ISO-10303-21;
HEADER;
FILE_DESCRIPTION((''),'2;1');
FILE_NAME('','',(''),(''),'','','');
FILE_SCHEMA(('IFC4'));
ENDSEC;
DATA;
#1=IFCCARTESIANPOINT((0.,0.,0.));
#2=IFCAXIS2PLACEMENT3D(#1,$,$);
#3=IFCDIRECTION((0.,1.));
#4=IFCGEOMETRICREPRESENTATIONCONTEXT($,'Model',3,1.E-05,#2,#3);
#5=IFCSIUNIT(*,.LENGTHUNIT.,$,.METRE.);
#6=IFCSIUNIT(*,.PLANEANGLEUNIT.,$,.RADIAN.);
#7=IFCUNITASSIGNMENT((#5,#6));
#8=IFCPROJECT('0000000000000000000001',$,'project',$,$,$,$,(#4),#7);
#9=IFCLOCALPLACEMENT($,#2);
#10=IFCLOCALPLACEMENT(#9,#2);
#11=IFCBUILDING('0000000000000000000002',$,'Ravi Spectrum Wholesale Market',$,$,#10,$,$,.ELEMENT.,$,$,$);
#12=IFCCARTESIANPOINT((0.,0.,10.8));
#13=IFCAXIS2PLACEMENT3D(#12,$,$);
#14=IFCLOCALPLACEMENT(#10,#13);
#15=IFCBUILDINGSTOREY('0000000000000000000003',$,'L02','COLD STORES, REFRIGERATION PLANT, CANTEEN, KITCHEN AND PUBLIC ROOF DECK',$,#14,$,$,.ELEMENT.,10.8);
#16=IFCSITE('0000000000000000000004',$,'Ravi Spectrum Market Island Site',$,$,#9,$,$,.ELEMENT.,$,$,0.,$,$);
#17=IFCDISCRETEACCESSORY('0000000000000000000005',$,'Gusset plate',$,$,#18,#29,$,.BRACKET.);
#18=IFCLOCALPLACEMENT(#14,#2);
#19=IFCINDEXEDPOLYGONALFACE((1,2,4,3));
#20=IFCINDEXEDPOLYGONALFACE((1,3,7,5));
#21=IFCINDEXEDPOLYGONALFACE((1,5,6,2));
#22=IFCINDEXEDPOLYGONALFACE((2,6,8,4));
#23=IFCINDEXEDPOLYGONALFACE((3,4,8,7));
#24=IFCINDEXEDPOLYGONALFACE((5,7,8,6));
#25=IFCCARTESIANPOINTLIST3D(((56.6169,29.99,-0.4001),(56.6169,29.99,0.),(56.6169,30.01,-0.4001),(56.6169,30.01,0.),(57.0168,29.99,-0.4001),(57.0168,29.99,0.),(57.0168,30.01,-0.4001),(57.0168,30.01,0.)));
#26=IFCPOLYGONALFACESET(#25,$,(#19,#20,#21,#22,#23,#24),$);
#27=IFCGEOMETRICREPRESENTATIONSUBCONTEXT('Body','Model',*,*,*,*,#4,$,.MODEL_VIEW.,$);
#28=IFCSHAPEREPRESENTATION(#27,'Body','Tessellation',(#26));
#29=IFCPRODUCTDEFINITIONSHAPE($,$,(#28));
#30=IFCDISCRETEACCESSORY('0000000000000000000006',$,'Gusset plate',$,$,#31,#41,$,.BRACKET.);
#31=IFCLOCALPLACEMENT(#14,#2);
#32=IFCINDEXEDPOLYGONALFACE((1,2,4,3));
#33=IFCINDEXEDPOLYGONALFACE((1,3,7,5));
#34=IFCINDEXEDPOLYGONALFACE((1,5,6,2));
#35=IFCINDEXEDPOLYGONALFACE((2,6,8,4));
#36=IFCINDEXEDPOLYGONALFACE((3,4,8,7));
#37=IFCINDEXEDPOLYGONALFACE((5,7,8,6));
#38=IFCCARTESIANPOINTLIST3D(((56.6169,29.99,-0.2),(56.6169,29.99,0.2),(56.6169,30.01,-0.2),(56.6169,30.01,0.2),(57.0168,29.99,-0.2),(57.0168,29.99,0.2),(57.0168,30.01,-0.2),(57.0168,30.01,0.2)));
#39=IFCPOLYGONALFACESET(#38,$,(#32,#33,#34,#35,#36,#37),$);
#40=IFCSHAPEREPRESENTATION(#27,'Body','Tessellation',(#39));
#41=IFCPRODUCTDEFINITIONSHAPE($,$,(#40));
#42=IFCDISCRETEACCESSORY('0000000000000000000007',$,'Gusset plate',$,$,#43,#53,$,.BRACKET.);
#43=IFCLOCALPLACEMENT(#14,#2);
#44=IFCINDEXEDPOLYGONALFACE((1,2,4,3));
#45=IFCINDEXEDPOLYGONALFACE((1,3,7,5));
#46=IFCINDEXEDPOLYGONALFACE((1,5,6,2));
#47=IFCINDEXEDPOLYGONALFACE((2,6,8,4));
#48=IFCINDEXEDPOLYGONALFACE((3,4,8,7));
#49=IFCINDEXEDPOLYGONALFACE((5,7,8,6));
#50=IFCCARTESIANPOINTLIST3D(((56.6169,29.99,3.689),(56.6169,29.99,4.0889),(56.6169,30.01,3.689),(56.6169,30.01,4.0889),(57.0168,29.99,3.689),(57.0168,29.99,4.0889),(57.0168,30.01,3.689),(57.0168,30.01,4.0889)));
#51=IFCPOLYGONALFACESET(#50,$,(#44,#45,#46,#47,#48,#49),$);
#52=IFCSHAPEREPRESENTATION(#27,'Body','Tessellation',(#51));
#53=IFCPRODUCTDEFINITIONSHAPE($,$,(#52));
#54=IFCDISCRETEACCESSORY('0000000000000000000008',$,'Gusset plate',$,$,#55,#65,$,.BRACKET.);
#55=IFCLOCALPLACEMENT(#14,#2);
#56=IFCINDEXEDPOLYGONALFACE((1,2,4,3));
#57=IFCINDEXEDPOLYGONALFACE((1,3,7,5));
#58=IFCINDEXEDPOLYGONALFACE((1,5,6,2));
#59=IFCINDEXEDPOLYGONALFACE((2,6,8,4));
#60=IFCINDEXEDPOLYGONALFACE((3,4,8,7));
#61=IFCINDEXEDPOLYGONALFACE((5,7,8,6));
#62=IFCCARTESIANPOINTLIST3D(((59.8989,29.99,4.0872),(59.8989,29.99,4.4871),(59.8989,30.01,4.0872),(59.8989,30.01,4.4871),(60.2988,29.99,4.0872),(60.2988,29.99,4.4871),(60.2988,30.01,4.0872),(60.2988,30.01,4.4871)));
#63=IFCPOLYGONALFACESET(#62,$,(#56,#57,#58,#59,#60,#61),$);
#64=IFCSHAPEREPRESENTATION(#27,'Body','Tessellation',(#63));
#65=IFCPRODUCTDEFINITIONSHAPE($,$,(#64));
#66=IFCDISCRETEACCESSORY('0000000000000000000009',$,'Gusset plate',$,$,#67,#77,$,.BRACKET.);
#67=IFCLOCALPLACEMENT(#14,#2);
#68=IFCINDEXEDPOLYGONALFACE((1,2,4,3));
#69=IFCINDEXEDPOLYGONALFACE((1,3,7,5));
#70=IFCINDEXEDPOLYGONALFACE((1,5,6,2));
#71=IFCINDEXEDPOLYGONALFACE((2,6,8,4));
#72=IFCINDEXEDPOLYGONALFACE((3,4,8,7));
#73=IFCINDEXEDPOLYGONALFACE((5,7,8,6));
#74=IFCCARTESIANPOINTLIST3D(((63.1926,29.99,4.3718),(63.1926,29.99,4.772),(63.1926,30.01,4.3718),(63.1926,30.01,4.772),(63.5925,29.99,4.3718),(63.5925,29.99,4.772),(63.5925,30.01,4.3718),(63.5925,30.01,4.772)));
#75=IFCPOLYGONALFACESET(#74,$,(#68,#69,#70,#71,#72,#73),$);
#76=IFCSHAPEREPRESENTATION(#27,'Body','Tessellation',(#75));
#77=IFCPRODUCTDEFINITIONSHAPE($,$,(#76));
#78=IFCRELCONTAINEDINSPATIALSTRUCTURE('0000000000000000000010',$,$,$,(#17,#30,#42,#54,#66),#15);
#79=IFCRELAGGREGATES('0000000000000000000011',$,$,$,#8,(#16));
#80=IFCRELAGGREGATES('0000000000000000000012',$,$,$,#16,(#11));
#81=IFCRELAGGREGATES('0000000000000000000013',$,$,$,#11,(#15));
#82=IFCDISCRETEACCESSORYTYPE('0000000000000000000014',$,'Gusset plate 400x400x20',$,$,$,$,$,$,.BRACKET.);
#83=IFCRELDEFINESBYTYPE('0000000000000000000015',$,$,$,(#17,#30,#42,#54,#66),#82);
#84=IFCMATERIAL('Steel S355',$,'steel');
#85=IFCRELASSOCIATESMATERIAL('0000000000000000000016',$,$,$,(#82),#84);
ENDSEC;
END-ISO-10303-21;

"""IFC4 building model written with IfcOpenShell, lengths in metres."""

from ifc_helpers import new_model, si_unit, direction, frame, origin, origin_2d, place, context, subcontext, project, spatial, rectangle, extrude, material, material_profile, profile_set, type_object, element, save


model = new_model("IFC4")

# Units and contexts
model_context = context("Model", 3, precision=1e-05, world=origin(), true_north=direction((0.0, 1.0)))
body_context = subcontext(model_context, "Body", "Model", "MODEL_VIEW")
ifc_project = project(units=[si_unit("LENGTHUNIT", "METRE"), si_unit("PLANEANGLEUNIT", "RADIAN")], contexts=[model_context])

# Site, building, storey
site_placement = place(None, origin())
site = spatial("IfcSite", under=ifc_project, at=site_placement, Name="Ravi Spectrum Market Island Site", CompositionType="ELEMENT", RefElevation=0.0)
building_placement = place(site_placement, origin())
building = spatial("IfcBuilding", under=site, at=building_placement, Name="Ravi Spectrum Wholesale Market", CompositionType="ELEMENT")
storey_placement = place(building_placement, frame((0.0, 0.0, 10.8)))
storey = spatial("IfcBuildingStorey", under=building, at=storey_placement, Name="L02", Description="COLD STORES, REFRIGERATION PLANT, CANTEEN, KITCHEN AND PUBLIC ROOF DECK", CompositionType="ELEMENT", Elevation=10.8)

# Discrete accessories
ifc_material_1 = material(Name="Steel S355", Category="steel")
ifc_material_profile_1 = material_profile(ifc_material_1, rectangle(XDim=0.3999, YDim=0.02, at=origin_2d()))
ifc_profile_set_1 = profile_set([ifc_material_profile_1], Name="Steel S355")
discrete_accessory_type_1 = type_object("IfcDiscreteAccessoryType", Name="Gusset plate 400x400x20", PredefinedType="BRACKET", material=ifc_profile_set_1)
discrete_accessory_1_placement = place(storey_placement, frame((56.8169, 30.0, -0.4001), z_axis=(0.0, 0.0, 1.0), x_axis=(1.0, 0.0, 0.0)))
element("IfcDiscreteAccessory", 1, at=discrete_accessory_1_placement, inside=storey, type_object=discrete_accessory_type_1, Name="Gusset plate", PredefinedType="BRACKET", context=body_context, shape_type="SweptSolid", body=[
    extrude(rectangle(XDim=0.3999, YDim=0.02, at=origin_2d()), origin(), (0.0, 0.0, 1.0), 0.4001),
])
for number, where, z_axis, x_axis, name in (
    (2, (56.8169, 30.0, -0.2), (0.0, 0.0, 1.0), (1.0, 0.0, 0.0), "Gusset plate"),
    (3, (56.8169, 30.0, 3.689), (0.0, 0.0, 1.0), (1.0, 0.0, 0.0), "Gusset plate"),
    (4, (60.0989, 30.0, 4.0872), (0.0, 0.0, 1.0), (1.0, 0.0, 0.0), "Gusset plate"),
):
    element("IfcDiscreteAccessory", number, at=place(storey_placement, frame(where, z_axis=z_axis, x_axis=x_axis)), inside=storey, type_object=discrete_accessory_type_1, Name=name, PredefinedType="BRACKET", context=body_context, shape_type="SweptSolid", body=[
        extrude(rectangle(XDim=0.3999, YDim=0.02, at=origin_2d()), origin(), (0.0, 0.0, 1.0), 0.3999),
    ])
discrete_accessory_2_placement = place(storey_placement, frame((63.3926, 30.0, 4.3718), z_axis=(0.0, 0.0, 1.0), x_axis=(1.0, 0.0, 0.0)))
element("IfcDiscreteAccessory", 5, at=discrete_accessory_2_placement, inside=storey, type_object=discrete_accessory_type_1, Name="Gusset plate", PredefinedType="BRACKET", context=body_context, shape_type="SweptSolid", body=[
    extrude(rectangle(XDim=0.3999, YDim=0.02, at=origin_2d()), origin(), (0.0, 0.0, 1.0), 0.4001),
])

save(model, "model.ifc")
